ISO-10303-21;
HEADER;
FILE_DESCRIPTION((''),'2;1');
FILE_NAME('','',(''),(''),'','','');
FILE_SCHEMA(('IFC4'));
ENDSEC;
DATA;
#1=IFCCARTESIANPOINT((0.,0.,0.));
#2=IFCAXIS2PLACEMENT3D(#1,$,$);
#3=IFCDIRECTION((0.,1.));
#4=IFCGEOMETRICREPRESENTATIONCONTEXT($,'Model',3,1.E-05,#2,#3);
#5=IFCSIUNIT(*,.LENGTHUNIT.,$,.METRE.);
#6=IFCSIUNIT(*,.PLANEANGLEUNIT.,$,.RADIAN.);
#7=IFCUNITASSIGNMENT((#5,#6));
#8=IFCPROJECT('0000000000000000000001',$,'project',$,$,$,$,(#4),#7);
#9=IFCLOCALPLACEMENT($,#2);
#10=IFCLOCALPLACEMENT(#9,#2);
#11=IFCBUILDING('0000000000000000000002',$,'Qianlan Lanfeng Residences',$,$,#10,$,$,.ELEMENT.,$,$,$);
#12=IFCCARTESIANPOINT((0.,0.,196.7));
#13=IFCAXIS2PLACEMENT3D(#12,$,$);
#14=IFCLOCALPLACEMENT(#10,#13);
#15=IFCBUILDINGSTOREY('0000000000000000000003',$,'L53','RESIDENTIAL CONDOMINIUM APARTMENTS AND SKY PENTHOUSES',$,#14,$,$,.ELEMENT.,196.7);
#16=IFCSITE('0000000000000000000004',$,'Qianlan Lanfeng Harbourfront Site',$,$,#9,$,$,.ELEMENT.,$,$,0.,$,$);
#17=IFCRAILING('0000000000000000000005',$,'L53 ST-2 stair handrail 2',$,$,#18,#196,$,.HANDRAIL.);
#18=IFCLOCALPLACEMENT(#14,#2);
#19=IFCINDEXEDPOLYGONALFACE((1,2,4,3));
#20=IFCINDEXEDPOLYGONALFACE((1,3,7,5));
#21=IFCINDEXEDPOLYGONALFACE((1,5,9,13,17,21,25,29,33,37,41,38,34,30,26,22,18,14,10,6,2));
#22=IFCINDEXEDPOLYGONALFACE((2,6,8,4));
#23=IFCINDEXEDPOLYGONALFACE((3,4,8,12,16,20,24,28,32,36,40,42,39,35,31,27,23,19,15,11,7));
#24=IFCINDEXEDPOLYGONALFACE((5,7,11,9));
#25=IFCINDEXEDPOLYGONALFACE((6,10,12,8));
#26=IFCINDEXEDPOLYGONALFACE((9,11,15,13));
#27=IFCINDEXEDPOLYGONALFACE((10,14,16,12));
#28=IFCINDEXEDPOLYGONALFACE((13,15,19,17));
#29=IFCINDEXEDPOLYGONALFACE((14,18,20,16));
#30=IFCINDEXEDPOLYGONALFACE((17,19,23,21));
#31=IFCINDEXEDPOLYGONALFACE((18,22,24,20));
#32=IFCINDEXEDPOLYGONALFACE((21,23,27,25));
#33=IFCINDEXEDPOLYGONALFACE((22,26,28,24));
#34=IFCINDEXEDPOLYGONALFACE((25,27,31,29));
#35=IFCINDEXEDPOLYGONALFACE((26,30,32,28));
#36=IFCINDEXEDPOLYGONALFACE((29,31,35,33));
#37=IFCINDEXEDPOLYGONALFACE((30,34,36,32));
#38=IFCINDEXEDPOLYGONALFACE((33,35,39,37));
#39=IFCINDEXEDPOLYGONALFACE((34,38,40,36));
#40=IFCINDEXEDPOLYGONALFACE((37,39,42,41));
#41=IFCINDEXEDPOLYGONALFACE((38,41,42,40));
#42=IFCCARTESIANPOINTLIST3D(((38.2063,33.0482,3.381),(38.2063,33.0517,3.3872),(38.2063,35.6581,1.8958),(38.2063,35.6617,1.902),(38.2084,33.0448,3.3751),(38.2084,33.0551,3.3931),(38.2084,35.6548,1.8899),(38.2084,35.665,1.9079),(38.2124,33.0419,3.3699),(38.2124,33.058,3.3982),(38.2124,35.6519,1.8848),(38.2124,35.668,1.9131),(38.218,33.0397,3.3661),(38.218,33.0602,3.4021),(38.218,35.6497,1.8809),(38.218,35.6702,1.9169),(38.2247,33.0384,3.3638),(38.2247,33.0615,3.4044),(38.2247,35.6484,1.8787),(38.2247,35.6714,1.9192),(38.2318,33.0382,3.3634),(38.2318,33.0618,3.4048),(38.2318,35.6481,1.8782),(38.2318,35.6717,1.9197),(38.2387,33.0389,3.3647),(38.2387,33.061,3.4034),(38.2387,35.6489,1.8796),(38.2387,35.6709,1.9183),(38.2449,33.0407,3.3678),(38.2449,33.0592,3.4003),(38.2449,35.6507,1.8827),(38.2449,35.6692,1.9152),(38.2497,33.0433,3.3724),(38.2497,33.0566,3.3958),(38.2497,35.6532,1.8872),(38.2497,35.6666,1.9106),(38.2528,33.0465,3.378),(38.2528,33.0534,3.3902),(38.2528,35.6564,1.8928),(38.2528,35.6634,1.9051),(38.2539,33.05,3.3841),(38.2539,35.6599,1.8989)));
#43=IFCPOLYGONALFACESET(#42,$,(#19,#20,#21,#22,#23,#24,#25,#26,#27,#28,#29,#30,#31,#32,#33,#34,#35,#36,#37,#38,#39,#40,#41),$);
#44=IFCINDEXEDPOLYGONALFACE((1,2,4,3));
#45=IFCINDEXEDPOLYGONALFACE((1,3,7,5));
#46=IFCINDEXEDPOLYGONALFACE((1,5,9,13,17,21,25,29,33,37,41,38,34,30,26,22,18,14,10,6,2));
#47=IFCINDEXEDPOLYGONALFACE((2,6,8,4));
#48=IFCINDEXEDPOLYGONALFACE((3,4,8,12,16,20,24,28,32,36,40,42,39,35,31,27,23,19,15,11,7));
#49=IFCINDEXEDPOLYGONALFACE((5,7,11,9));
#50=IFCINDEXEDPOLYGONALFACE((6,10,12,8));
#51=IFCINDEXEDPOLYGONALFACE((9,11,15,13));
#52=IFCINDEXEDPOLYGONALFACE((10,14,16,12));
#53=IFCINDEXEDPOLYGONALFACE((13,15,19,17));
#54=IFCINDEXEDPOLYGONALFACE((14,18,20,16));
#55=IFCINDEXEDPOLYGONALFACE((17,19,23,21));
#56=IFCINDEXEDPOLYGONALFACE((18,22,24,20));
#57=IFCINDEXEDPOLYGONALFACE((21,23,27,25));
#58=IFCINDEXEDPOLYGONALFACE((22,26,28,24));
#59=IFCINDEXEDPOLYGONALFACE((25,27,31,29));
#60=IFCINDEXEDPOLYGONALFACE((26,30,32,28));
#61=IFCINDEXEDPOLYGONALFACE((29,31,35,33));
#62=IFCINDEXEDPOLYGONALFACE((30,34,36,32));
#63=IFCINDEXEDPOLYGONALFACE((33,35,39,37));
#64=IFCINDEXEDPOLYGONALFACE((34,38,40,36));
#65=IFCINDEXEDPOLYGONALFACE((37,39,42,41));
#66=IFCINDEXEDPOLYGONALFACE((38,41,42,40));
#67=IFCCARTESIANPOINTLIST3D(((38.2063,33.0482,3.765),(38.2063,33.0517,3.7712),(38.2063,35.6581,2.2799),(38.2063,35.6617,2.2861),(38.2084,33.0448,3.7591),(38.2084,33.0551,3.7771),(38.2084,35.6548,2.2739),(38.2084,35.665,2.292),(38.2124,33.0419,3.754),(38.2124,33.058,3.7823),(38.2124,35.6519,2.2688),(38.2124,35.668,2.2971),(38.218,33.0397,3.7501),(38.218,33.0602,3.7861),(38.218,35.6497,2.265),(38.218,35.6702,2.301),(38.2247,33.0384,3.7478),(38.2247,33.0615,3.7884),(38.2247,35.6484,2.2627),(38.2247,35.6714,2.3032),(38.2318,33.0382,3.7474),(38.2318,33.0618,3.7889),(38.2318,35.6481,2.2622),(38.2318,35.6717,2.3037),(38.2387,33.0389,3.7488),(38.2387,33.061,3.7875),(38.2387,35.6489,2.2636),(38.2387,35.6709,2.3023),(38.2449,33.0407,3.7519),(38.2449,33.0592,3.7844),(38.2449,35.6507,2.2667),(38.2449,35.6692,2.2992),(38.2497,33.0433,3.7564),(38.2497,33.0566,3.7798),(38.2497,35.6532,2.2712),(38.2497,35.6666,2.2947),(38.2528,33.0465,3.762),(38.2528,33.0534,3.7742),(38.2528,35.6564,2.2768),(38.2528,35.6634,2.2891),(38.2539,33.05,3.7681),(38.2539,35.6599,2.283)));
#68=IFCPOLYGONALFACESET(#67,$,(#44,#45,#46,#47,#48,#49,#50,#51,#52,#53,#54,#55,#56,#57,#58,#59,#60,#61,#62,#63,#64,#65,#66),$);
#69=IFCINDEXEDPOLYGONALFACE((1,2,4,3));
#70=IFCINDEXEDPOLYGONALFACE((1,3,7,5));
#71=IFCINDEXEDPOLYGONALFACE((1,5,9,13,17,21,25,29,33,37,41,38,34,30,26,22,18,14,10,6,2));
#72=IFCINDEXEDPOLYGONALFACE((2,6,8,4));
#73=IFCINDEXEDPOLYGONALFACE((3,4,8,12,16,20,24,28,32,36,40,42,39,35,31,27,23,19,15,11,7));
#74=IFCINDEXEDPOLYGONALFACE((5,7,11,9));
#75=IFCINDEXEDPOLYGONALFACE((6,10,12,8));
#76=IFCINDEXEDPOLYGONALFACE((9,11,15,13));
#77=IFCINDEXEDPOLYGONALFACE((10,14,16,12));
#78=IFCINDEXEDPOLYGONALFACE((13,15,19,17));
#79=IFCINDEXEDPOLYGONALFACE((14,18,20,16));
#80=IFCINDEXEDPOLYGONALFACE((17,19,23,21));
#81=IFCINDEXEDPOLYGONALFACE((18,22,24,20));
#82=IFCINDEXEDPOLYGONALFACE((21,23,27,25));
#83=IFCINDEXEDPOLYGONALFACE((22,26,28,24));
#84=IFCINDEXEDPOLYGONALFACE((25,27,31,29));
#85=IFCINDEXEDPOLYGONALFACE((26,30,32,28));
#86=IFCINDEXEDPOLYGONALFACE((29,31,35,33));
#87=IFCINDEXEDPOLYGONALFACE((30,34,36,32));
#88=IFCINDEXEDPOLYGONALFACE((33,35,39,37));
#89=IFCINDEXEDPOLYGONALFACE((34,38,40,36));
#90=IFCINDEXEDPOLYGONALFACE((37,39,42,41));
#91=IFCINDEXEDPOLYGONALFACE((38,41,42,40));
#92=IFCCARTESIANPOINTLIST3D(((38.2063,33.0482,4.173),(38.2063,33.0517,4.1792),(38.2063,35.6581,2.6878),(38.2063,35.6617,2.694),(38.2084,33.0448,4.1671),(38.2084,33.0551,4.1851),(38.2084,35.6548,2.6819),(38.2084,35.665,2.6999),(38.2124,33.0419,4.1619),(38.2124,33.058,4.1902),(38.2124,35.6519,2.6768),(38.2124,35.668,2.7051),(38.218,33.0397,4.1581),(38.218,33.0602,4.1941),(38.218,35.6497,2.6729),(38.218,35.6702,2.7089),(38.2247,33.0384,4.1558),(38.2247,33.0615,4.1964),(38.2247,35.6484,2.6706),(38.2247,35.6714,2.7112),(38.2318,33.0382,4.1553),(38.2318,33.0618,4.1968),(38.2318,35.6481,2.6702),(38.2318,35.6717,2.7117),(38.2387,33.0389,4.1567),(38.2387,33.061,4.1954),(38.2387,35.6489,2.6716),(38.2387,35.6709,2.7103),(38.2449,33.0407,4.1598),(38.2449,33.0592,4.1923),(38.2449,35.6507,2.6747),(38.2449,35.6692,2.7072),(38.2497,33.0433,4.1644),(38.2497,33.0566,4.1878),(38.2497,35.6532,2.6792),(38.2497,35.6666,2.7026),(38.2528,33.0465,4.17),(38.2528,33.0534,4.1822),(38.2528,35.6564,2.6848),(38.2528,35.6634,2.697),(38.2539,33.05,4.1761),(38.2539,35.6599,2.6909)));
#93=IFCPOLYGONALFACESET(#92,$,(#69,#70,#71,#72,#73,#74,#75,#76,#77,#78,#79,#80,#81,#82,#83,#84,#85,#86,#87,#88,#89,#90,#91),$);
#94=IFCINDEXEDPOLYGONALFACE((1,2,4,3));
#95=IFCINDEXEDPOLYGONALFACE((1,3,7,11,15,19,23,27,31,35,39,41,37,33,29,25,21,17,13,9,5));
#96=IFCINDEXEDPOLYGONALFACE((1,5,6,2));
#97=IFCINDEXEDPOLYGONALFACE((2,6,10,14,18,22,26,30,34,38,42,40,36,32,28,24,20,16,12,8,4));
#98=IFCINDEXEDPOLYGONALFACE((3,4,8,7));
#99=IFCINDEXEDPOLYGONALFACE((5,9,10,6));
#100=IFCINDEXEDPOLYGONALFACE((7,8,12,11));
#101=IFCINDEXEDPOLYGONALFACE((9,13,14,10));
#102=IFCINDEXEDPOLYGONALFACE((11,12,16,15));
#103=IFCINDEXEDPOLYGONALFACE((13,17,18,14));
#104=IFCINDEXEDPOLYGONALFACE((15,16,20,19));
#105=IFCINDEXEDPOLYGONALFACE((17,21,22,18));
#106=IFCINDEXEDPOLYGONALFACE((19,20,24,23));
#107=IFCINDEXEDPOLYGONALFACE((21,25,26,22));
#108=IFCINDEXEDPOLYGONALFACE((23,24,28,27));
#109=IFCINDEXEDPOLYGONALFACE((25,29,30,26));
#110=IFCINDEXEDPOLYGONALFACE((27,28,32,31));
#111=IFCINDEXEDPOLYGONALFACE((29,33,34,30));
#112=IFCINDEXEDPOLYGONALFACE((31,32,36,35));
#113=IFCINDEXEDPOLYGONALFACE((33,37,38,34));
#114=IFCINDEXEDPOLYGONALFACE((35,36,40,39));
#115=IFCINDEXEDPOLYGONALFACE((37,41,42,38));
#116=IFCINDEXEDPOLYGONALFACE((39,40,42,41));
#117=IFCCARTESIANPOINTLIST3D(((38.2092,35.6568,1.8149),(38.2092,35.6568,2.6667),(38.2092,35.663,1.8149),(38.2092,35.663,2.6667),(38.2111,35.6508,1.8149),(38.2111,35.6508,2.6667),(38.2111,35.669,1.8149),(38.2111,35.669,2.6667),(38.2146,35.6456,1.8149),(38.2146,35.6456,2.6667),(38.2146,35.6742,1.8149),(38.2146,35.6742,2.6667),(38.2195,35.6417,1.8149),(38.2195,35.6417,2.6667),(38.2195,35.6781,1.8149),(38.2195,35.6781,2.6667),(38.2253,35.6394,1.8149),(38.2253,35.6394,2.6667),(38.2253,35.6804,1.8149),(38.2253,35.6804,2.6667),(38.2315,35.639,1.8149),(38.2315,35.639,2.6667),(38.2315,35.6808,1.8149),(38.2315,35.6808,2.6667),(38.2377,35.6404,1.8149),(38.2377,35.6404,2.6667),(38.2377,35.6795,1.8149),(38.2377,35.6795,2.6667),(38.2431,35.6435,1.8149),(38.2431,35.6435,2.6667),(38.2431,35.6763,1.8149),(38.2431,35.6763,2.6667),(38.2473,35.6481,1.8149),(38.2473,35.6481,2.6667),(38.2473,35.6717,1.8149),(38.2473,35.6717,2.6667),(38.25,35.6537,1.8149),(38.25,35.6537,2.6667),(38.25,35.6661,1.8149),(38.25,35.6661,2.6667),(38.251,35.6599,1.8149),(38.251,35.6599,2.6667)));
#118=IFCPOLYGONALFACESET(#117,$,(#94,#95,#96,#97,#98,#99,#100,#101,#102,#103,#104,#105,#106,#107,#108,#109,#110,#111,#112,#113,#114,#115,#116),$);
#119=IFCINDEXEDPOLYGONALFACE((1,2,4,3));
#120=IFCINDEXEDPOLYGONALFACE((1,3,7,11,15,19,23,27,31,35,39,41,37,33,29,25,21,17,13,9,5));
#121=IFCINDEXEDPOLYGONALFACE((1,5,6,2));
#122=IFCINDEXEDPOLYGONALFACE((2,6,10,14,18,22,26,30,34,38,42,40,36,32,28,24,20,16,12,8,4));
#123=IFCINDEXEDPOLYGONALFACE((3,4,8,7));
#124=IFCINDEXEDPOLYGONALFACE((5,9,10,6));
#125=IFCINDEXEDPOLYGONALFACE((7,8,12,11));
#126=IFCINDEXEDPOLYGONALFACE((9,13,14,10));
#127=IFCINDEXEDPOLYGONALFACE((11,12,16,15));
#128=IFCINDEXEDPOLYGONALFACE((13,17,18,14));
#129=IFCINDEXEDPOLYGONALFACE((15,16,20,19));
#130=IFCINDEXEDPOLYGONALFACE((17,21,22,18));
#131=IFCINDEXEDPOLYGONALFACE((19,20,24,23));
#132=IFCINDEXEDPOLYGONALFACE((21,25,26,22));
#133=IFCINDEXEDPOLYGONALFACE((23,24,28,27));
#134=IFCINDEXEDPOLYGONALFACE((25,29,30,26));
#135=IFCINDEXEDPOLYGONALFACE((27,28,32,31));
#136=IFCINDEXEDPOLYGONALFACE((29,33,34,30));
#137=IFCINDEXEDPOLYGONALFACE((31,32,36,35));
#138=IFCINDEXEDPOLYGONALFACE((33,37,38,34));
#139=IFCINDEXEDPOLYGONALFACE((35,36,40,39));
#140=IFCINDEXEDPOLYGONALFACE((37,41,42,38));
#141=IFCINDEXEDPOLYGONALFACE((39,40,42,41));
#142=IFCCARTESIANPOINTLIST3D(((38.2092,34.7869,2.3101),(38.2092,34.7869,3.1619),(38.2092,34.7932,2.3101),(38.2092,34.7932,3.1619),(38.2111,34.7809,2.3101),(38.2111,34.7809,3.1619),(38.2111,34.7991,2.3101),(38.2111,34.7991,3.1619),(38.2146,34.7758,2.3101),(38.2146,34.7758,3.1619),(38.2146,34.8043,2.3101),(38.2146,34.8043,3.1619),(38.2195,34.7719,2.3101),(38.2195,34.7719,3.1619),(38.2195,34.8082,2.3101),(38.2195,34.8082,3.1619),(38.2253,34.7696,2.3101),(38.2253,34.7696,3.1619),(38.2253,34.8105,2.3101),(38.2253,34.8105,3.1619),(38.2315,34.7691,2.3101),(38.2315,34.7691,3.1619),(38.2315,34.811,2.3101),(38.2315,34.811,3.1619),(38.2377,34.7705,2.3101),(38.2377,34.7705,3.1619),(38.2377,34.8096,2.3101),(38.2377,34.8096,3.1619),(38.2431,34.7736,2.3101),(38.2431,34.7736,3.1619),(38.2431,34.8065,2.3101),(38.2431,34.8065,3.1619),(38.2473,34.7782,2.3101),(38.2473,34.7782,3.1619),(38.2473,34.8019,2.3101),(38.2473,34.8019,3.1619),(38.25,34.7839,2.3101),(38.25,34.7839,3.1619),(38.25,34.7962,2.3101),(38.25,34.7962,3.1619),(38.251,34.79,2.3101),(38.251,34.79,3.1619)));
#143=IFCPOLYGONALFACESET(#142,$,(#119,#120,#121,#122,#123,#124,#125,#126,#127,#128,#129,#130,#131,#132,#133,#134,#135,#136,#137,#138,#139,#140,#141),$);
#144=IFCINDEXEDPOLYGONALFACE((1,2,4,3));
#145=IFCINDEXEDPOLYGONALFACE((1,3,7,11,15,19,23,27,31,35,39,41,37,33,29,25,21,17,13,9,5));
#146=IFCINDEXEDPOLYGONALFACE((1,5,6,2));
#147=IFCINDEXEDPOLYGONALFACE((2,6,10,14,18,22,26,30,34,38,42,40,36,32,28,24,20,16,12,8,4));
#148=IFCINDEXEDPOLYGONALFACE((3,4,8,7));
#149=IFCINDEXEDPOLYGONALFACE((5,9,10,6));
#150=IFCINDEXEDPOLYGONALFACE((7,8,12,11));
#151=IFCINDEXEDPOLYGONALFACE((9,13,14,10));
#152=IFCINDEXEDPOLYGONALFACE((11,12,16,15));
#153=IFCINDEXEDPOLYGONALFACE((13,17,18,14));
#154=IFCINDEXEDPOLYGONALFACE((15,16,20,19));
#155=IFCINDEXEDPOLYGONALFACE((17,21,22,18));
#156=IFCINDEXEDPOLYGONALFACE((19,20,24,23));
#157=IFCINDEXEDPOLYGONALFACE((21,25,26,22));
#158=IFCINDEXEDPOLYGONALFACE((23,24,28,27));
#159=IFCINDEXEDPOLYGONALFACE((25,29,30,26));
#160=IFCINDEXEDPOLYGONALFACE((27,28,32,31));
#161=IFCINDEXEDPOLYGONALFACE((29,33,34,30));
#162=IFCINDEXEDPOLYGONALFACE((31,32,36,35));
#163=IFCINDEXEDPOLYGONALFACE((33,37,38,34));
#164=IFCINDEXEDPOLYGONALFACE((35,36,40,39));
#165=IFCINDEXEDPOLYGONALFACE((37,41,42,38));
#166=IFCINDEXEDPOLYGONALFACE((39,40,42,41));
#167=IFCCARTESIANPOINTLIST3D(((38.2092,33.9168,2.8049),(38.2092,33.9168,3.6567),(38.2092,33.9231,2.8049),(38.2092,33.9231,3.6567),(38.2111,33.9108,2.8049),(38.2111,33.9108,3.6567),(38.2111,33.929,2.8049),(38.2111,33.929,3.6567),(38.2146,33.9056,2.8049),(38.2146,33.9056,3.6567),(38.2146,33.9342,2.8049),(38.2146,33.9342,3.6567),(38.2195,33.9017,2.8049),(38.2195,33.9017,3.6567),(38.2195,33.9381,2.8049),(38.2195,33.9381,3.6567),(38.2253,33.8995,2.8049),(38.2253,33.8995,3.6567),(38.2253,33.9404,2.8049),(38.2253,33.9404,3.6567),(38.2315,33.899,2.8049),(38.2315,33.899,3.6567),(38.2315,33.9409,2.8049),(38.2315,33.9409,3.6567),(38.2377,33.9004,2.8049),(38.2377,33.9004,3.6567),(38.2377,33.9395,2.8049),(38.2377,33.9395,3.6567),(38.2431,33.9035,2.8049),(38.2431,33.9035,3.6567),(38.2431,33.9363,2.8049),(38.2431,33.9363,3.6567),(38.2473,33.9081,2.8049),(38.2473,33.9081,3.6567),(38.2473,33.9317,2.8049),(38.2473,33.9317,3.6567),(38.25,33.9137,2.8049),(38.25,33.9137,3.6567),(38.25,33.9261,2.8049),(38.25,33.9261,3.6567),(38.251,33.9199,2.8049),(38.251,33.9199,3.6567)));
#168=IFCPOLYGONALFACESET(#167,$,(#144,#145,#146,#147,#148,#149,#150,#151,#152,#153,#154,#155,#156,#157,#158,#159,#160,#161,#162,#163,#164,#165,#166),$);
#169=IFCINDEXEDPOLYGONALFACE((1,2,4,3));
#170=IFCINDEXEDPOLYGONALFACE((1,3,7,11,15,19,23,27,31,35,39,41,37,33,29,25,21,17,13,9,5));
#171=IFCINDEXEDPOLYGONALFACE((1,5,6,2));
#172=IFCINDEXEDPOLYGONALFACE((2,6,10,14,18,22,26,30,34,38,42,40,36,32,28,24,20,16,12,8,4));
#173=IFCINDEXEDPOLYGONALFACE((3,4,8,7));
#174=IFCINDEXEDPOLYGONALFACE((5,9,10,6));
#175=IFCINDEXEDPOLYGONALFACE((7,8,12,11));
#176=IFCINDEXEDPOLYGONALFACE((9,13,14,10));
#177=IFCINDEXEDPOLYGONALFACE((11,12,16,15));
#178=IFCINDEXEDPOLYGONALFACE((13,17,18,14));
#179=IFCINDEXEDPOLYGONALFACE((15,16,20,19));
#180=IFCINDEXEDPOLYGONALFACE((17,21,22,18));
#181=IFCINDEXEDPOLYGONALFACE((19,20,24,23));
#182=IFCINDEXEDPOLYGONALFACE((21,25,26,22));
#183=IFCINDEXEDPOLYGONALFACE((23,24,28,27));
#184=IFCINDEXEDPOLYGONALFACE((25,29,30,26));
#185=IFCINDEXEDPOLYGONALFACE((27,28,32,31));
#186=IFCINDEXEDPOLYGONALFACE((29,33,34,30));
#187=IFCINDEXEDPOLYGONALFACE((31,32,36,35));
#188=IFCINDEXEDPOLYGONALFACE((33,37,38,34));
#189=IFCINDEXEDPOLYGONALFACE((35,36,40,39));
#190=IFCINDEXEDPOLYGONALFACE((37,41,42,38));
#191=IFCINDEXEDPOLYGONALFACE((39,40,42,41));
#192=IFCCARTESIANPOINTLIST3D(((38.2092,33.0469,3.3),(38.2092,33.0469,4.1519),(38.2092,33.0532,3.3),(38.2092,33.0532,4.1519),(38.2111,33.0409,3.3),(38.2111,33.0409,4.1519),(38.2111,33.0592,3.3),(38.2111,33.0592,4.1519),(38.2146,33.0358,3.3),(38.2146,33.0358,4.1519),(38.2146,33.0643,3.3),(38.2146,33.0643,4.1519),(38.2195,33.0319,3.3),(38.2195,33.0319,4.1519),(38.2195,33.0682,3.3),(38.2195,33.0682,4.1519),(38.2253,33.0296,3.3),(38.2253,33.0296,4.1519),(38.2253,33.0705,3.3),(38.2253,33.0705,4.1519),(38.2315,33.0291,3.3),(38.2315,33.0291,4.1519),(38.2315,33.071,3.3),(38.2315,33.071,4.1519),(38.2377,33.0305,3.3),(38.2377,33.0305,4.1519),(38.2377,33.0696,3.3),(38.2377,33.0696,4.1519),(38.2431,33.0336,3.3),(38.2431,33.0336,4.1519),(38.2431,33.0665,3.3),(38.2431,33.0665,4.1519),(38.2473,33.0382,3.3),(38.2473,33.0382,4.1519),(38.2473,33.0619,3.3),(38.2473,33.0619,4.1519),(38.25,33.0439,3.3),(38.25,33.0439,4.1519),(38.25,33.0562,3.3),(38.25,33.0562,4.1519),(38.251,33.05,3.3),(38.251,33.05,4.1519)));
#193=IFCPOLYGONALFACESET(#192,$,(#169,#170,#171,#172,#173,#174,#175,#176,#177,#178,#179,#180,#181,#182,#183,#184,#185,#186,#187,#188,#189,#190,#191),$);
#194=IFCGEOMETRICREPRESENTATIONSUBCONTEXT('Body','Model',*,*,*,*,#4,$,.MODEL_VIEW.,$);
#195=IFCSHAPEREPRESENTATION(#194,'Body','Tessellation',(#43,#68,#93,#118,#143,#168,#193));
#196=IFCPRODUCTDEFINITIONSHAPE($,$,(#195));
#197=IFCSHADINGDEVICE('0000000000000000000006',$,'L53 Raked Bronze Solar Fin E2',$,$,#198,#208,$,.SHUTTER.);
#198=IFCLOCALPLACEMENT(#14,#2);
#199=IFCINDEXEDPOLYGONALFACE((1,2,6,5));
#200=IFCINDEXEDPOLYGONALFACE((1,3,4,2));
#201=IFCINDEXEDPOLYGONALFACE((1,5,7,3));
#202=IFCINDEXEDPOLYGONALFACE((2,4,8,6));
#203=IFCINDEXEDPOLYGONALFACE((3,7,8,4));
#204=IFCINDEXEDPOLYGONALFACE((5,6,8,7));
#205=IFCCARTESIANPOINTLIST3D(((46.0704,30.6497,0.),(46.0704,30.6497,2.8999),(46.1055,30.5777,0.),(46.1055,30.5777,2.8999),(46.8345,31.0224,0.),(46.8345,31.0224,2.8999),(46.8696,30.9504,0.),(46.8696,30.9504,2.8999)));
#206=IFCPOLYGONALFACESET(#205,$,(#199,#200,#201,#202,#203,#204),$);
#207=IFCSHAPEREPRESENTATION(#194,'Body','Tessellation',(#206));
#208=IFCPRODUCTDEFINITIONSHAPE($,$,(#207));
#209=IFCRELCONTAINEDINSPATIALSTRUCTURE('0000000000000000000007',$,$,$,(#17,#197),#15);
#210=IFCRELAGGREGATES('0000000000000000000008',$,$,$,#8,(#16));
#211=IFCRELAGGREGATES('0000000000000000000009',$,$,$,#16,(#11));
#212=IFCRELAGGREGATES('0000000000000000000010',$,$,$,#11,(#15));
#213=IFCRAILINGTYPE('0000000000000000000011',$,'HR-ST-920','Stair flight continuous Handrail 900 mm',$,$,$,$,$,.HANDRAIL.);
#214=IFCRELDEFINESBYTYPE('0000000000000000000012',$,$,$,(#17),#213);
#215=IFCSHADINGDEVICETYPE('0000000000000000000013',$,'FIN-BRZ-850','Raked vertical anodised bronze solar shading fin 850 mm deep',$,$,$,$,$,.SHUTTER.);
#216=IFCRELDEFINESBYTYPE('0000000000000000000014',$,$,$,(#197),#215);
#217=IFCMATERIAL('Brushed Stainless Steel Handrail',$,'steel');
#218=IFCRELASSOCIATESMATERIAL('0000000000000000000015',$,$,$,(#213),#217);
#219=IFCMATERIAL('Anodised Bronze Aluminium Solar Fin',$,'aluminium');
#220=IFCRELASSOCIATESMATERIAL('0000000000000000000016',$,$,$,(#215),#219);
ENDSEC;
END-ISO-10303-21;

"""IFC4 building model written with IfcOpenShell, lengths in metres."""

from ifc_helpers import new_model, si_unit, direction, frame, origin, origin_2d, place, context, subcontext, project, spatial, rectangle, circle, extrude, source, transform, mapped, material, type_object, element, save


model = new_model("IFC4")

# Units and contexts
model_context = context("Model", 3, precision=1e-05, world=origin(), true_north=direction((0.0, 1.0)))
body_context = subcontext(model_context, "Body", "Model", "MODEL_VIEW")
ifc_project = project(units=[si_unit("LENGTHUNIT", "METRE"), si_unit("PLANEANGLEUNIT", "RADIAN")], contexts=[model_context])

# Site, building, storey
site_placement = place(None, origin())
site = spatial("IfcSite", under=ifc_project, at=site_placement, Name="Qianlan Lanfeng Harbourfront Site", CompositionType="ELEMENT", RefElevation=0.0)
building_placement = place(site_placement, origin())
building = spatial("IfcBuilding", under=site, at=building_placement, Name="Qianlan Lanfeng Residences", CompositionType="ELEMENT")
storey_placement = place(building_placement, frame((0.0, 0.0, 196.7)))
storey = spatial("IfcBuildingStorey", under=building, at=storey_placement, Name="L53", Description="RESIDENTIAL CONDOMINIUM APARTMENTS AND SKY PENTHOUSES", CompositionType="ELEMENT", Elevation=196.7)

# Railing
ifc_material_1 = material(Name="Brushed Stainless Steel Handrail", Category="steel")
railing_type_1 = type_object("IfcRailingType", Name="HR-ST-920", Description="Stair flight continuous Handrail 900 mm", PredefinedType="HANDRAIL", material=ifc_material_1)
railing_1_placement = place(storey_placement, frame((38.23, 35.6599, 1.8149)))
element("IfcRailing", 1, at=railing_1_placement, inside=storey, type_object=railing_type_1, Name="L53 ST-2 stair handrail 2", PredefinedType="HANDRAIL", context=body_context, shape_type="SweptSolid", body=[
    extrude(circle(Radius=0.0239, at=origin_2d()), frame((0.0, 0.0, 0.084), z_axis=(0.0, -0.869137, 0.494571), x_axis=(1.0, 0.0, 0.0)), (0.0, 0.0, 1.0), 3.0029),
    extrude(circle(Radius=0.0239, at=origin_2d()), frame((0.0, 0.0, 0.468), z_axis=(0.0, -0.869137, 0.494571), x_axis=(1.0, 0.0, 0.0)), (0.0, 0.0, 1.0), 3.0029),
    extrude(circle(Radius=0.0239, at=origin_2d()), frame((0.0, 0.0, 0.876), z_axis=(0.0, -0.869137, 0.494571), x_axis=(1.0, 0.0, 0.0)), (0.0, 0.0, 1.0), 3.0029),
    extrude(circle(Radius=0.021, at=origin_2d()), origin(), (0.0, 0.0, 1.0), 0.8518),
    extrude(circle(Radius=0.021, at=origin_2d()), frame((0.0, -0.8699, 0.4951)), (0.0, 0.0, 1.0), 0.8518),
    extrude(circle(Radius=0.021, at=origin_2d()), frame((0.0, -1.74, 0.99)), (0.0, 0.0, 1.0), 0.8518),
    extrude(circle(Radius=0.021, at=origin_2d()), frame((0.0, -2.6099, 1.4851)), (0.0, 0.0, 1.0), 0.8518),
])

# Shading device
ifc_material_2 = material(Name="Anodised Bronze Aluminium Solar Fin", Category="aluminium")
shading_device_type = type_object("IfcShadingDeviceType", Name="FIN-BRZ-850", Description="Raked vertical anodised bronze solar shading fin 850 mm deep", PredefinedType="SHUTTER", material=ifc_material_2)
shared_shape_1 = source(origin(), body_context, "Body", "SweptSolid", [
    extrude(rectangle(XDim=0.8501, YDim=0.0801, at=origin_2d()), origin(), (0.0, 0.0, 1.0), 2.8999),
])
shading_device_placement = place(storey_placement, frame((46.47, 30.8, 0.0), z_axis=(0.0, 0.0, 1.0), x_axis=(0.898794, 0.438371, 0.0)))
element("IfcShadingDevice", 2, at=shading_device_placement, inside=storey, type_object=shading_device_type, Name="L53 Raked Bronze Solar Fin E2", PredefinedType="SHUTTER", context=body_context, shape_type="MappedRepresentation", body=[
    mapped(shared_shape_1, transform((0.0, 0.0, 0.0), scale=1.0)),
])

save(model, "model.ifc")
